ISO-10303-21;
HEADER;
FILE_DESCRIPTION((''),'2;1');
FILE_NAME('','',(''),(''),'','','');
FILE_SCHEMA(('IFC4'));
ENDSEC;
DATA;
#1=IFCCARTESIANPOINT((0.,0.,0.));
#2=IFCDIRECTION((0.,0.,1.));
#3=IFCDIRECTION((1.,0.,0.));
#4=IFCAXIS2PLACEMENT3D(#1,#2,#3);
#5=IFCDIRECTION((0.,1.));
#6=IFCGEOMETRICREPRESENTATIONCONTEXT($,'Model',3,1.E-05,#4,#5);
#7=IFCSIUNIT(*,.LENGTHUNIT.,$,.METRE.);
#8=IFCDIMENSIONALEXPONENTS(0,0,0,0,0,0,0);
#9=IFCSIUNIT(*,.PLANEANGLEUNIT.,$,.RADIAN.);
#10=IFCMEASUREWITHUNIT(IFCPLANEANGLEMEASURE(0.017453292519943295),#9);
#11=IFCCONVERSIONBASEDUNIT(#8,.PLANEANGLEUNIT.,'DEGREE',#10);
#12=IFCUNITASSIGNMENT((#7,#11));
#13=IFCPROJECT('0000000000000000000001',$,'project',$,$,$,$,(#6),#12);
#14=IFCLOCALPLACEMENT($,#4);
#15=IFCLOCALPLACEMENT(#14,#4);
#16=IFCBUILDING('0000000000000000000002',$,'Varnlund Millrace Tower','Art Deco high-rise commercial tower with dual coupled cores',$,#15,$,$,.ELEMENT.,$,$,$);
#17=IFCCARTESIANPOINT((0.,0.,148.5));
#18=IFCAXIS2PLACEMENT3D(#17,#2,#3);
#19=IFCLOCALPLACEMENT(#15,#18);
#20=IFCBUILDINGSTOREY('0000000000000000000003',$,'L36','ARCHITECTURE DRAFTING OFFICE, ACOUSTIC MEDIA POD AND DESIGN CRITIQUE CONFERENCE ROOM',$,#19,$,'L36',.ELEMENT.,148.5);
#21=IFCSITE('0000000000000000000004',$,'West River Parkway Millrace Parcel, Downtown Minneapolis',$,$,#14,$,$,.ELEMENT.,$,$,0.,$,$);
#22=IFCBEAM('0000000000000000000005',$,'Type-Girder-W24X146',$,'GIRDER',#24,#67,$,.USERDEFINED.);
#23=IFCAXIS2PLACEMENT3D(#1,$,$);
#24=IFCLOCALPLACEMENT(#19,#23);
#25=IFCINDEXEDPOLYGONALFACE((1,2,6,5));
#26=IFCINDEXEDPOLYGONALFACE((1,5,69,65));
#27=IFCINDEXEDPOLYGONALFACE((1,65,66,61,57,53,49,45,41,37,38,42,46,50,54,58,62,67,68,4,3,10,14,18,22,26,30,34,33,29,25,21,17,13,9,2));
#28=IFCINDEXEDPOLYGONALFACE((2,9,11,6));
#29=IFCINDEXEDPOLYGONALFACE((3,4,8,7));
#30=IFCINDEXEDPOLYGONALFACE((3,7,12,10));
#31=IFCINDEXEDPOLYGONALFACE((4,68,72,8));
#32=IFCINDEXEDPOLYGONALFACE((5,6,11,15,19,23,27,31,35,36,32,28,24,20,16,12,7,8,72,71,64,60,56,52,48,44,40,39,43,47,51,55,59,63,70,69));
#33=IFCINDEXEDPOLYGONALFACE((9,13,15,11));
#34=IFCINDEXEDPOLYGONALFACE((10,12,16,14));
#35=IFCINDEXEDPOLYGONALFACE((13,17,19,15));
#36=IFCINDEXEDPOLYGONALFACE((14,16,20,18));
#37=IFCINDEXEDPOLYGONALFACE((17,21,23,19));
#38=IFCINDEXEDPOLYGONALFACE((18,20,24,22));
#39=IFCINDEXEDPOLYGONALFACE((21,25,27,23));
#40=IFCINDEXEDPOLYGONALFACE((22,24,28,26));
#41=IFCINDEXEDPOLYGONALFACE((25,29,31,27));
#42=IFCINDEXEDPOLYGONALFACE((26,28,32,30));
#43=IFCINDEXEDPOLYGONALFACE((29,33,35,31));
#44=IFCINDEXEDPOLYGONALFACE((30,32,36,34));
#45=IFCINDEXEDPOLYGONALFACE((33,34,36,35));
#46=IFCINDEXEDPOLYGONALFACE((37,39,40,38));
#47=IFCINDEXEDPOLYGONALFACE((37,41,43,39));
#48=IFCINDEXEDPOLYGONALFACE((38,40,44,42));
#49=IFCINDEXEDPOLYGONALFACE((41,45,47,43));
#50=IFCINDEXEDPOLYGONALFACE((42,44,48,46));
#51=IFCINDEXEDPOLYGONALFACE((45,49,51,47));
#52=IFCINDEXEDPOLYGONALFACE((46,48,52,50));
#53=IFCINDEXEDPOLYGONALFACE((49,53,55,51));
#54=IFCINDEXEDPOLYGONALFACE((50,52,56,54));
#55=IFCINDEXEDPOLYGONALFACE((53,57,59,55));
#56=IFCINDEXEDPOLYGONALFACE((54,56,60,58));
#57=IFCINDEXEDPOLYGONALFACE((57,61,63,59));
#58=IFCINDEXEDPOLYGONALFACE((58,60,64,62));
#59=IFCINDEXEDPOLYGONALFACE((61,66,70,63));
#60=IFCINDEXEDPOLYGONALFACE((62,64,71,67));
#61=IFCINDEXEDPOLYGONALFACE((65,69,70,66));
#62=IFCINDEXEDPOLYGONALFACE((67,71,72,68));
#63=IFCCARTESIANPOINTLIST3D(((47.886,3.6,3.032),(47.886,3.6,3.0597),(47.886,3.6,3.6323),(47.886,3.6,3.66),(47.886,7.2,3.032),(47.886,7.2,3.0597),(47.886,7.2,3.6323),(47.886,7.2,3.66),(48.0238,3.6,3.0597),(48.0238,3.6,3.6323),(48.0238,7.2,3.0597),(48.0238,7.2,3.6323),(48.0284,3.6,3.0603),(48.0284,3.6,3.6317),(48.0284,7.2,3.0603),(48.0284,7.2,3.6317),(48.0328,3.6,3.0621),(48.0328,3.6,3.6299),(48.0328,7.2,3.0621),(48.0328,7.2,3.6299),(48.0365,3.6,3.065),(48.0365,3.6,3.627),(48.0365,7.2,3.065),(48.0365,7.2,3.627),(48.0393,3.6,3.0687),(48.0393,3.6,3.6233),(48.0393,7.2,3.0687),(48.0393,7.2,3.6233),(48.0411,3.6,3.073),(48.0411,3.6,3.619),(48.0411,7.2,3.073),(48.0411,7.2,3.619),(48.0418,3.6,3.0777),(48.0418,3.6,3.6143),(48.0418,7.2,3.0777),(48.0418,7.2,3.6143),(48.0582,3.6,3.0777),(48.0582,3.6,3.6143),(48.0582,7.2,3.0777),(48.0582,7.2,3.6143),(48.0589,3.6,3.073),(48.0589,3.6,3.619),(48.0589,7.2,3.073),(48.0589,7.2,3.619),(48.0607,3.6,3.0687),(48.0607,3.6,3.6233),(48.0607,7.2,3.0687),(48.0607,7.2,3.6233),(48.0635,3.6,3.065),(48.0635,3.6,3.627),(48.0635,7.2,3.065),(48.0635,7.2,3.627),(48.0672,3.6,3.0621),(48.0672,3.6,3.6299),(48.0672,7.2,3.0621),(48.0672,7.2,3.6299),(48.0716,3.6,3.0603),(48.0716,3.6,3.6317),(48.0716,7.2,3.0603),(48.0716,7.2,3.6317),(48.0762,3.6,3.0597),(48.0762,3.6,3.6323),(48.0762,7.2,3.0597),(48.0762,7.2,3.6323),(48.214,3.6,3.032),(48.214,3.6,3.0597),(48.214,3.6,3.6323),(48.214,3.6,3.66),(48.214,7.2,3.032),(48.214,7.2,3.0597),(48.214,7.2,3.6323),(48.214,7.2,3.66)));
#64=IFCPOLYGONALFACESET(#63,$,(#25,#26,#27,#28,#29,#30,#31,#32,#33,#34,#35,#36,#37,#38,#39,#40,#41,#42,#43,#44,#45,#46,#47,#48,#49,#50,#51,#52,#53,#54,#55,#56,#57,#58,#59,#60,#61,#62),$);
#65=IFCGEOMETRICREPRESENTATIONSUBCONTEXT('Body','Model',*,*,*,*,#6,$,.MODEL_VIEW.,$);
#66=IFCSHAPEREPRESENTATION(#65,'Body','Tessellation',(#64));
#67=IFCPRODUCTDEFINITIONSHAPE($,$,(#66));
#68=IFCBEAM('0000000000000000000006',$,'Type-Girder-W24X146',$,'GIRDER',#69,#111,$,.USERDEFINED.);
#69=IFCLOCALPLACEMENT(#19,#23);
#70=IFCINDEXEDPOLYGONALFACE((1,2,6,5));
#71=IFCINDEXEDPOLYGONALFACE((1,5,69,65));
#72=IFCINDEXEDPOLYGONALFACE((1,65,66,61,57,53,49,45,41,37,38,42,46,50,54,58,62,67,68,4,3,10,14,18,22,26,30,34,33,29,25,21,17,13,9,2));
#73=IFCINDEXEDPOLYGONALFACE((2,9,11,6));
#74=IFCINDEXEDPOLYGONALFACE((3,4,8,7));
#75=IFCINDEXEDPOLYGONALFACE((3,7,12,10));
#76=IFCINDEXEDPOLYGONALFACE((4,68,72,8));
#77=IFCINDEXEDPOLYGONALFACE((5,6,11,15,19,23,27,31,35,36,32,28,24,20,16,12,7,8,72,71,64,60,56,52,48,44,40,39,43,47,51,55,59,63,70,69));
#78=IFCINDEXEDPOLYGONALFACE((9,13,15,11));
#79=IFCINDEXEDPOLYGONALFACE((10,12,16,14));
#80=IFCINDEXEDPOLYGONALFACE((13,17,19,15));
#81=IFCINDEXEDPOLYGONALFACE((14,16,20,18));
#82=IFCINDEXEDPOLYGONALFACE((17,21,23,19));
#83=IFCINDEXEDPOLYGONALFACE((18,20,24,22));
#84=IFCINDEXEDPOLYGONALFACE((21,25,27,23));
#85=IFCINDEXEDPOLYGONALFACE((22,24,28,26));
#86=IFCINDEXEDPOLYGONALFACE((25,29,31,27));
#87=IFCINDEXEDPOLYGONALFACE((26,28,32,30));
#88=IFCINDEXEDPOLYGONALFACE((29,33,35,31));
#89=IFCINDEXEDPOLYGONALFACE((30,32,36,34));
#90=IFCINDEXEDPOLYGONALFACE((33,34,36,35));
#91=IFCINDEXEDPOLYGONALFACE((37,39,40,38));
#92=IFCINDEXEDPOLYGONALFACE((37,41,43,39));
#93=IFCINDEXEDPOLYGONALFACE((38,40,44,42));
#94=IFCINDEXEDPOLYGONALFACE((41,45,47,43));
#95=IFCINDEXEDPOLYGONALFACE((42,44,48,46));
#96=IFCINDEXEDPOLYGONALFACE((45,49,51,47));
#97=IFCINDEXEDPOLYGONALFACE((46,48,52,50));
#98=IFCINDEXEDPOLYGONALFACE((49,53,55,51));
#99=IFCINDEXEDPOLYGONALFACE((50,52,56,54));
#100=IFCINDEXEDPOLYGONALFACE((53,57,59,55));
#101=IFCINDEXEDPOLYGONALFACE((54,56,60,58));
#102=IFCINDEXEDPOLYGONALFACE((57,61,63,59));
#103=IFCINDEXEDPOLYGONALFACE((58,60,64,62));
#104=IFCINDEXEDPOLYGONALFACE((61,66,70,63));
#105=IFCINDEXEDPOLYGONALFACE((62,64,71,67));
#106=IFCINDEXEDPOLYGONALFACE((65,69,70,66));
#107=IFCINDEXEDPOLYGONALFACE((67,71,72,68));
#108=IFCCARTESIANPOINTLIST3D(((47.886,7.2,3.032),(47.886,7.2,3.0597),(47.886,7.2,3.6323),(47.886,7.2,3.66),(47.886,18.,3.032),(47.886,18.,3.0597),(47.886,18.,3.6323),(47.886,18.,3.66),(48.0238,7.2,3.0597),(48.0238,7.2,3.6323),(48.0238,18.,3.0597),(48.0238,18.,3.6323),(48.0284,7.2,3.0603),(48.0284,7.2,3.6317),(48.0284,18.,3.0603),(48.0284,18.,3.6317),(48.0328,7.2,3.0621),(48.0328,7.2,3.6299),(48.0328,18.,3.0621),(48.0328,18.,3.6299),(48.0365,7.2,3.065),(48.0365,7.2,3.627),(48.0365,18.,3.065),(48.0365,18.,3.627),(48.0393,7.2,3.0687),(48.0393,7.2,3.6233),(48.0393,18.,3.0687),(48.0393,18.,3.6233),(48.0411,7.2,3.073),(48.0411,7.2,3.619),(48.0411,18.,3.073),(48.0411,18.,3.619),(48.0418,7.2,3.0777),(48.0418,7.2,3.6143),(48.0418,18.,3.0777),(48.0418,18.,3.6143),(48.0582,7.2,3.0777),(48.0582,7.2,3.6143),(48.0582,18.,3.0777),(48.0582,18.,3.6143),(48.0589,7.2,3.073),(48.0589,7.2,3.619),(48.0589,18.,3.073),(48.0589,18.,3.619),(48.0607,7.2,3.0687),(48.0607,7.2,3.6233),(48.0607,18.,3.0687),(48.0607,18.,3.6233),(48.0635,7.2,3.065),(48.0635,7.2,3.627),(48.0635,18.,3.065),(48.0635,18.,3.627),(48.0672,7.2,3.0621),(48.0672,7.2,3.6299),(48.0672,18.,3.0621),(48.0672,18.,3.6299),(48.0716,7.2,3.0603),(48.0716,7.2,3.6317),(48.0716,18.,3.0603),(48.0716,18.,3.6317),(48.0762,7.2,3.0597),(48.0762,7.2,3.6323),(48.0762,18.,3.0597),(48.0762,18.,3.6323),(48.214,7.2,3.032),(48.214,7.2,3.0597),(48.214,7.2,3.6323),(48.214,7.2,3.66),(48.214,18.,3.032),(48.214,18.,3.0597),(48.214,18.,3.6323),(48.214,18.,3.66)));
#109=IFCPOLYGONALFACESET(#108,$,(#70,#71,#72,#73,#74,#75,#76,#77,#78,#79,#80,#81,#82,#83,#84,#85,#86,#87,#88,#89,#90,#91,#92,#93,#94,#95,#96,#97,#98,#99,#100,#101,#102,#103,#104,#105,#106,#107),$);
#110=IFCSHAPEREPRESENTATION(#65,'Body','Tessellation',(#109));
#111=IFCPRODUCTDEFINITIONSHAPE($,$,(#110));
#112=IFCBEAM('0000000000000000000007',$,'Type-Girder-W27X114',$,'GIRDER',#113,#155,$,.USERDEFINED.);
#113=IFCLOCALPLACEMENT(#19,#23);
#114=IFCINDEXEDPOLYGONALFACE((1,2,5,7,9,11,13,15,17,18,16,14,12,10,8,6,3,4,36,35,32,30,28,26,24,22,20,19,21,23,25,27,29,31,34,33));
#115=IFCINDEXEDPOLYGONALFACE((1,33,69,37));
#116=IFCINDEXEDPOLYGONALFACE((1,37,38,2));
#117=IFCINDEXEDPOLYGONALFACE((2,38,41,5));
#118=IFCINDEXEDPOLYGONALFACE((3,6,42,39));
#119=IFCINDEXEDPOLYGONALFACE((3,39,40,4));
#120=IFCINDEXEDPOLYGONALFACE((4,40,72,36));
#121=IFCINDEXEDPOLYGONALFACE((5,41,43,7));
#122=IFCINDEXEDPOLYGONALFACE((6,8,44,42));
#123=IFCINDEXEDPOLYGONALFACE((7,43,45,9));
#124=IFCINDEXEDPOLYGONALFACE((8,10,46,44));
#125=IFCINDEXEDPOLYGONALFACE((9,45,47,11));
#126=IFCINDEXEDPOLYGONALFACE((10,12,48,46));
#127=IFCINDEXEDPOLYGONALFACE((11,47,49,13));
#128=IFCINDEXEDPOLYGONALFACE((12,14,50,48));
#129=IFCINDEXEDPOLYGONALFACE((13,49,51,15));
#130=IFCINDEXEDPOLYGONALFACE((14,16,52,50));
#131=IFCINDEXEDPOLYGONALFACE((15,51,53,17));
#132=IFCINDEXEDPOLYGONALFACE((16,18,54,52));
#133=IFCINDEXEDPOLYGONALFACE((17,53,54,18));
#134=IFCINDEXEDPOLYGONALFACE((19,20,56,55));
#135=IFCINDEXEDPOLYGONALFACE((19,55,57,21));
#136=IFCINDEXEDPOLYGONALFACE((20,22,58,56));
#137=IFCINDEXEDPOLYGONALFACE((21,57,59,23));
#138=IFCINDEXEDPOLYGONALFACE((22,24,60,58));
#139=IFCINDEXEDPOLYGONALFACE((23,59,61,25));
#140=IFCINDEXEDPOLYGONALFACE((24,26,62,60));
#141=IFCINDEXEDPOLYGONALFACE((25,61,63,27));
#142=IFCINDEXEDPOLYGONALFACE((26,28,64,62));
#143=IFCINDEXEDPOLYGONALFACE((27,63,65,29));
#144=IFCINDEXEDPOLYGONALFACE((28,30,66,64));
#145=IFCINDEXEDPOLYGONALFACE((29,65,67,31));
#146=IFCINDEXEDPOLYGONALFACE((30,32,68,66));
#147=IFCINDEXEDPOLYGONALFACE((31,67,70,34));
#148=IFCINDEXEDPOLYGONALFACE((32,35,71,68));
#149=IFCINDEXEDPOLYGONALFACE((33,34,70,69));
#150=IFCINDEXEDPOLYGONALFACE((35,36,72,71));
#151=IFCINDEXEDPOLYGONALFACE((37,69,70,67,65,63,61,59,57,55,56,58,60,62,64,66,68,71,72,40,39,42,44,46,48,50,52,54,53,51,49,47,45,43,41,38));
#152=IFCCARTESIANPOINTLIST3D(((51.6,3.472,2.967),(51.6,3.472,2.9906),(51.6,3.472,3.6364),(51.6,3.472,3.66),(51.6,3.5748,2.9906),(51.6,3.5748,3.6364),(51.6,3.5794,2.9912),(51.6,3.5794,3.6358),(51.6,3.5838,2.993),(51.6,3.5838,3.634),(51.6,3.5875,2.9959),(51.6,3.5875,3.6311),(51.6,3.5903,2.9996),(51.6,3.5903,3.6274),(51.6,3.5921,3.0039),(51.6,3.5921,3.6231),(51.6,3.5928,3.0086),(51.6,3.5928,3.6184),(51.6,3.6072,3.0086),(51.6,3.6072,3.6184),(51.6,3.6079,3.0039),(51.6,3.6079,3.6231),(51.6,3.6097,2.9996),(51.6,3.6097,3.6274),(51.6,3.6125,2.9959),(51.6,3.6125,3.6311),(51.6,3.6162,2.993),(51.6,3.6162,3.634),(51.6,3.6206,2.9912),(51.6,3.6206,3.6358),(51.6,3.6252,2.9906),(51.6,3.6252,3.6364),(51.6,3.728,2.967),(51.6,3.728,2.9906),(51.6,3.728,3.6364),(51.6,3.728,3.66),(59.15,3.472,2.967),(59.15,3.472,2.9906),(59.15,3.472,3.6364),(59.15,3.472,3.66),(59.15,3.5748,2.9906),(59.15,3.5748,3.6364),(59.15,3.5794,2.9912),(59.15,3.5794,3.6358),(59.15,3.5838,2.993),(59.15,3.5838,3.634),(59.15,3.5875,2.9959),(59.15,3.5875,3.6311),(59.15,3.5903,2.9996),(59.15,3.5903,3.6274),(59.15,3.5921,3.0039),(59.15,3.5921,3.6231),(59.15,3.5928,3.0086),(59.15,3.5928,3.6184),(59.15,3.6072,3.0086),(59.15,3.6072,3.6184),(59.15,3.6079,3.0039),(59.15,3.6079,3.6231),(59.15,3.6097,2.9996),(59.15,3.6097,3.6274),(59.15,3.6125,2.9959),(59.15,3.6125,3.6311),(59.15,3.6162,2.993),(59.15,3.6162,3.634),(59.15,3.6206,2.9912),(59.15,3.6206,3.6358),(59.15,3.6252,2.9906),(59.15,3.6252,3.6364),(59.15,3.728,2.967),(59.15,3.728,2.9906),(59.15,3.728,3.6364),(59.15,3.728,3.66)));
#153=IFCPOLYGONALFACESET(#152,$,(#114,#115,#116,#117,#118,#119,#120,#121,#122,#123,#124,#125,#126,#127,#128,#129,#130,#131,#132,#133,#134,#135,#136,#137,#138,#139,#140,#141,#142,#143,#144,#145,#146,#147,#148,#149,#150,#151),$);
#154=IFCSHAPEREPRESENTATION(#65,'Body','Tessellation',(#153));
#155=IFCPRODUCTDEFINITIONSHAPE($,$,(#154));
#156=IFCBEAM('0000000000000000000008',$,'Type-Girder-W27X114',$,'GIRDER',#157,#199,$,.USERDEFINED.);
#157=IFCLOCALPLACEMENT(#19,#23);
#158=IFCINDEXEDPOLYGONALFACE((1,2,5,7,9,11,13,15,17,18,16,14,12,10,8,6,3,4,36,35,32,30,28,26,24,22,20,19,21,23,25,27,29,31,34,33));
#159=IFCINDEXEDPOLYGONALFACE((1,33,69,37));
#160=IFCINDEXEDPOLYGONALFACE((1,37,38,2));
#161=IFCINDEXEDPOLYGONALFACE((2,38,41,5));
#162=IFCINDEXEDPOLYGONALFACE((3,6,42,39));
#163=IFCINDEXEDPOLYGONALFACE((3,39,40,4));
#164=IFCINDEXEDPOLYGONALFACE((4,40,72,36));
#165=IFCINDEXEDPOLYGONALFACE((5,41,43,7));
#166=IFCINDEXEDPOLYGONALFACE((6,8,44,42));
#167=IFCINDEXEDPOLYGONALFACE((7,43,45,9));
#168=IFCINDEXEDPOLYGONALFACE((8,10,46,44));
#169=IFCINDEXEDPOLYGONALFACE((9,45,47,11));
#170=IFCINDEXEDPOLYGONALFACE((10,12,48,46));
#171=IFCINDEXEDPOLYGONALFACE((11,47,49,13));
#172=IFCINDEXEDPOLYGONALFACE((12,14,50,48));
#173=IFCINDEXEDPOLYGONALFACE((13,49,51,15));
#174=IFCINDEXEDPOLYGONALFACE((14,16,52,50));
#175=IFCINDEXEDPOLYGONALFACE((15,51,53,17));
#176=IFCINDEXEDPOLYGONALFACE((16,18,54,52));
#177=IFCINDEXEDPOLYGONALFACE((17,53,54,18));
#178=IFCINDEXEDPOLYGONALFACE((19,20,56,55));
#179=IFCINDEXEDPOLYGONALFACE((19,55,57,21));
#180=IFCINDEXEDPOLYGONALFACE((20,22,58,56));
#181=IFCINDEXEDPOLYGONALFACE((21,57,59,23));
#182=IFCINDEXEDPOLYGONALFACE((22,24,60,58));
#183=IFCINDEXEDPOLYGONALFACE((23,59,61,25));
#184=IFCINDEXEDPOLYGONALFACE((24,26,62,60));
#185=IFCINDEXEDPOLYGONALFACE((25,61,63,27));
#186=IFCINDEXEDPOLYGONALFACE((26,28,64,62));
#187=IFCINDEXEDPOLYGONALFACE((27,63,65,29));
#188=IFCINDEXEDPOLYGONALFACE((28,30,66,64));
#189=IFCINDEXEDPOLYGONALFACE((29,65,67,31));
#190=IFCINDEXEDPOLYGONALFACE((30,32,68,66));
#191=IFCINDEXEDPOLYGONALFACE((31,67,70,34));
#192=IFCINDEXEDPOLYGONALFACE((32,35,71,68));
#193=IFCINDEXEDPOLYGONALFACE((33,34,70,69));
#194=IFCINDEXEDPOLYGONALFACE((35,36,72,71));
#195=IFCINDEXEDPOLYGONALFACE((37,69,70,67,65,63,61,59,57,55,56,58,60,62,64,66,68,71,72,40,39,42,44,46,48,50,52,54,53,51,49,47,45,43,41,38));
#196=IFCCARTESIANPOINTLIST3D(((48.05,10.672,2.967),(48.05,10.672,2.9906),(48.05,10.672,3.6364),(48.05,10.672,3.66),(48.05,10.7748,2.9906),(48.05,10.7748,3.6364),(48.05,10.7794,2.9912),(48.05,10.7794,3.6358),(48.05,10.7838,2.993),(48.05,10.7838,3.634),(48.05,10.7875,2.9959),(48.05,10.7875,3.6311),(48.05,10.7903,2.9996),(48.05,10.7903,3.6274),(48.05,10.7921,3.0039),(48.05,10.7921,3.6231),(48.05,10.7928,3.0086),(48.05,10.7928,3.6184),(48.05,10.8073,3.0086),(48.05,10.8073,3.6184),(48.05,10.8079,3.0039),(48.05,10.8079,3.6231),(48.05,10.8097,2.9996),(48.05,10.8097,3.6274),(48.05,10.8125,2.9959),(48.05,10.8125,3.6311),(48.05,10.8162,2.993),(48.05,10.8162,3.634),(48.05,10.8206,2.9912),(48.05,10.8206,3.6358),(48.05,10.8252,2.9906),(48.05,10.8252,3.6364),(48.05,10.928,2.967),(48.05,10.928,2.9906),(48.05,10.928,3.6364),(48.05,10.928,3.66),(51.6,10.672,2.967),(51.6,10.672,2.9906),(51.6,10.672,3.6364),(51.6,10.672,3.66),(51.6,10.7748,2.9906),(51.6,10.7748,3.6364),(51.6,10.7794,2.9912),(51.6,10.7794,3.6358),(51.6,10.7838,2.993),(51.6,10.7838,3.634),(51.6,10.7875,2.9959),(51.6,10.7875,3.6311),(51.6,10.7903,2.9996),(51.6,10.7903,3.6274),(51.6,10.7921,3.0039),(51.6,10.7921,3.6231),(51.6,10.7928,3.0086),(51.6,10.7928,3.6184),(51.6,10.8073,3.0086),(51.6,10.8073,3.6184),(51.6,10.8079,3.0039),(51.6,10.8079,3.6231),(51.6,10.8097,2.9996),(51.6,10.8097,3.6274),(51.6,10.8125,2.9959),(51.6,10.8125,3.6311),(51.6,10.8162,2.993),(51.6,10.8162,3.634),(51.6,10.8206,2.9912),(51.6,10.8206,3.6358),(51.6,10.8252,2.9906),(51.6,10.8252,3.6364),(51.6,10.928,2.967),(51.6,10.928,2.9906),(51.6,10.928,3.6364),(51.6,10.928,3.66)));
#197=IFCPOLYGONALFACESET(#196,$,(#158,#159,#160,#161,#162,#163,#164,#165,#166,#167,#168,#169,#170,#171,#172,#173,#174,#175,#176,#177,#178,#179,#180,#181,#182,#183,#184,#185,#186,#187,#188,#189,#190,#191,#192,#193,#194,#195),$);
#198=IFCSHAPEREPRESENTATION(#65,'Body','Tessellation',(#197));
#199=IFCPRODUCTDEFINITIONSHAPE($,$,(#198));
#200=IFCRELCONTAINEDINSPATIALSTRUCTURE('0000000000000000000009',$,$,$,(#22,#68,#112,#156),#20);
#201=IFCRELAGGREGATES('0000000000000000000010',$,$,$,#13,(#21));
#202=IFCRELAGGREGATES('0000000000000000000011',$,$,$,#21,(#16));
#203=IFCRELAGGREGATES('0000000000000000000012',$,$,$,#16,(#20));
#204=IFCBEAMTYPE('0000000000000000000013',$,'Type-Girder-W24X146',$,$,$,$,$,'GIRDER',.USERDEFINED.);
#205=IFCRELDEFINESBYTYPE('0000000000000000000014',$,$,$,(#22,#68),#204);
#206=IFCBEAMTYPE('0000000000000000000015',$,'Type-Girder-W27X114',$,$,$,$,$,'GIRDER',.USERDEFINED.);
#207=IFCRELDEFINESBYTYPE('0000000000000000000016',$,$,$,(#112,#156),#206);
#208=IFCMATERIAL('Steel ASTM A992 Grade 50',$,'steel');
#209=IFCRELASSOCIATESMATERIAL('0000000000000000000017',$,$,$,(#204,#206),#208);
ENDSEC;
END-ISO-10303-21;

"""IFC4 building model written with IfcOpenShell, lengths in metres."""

from ifc_helpers import new_model, entity, si_unit, converted_unit, direction, frame, origin_with_axes, origin_2d_with_axis, place, context, subcontext, project, spatial, i_section, extrude, material, material_profile, profile_set, type_object, element, save


model = new_model("IFC4")

# Units and contexts
model_context = context("Model", 3, precision=1e-05, world=origin_with_axes(), true_north=direction((0.0, 1.0)))
body_context = subcontext(model_context, "Body", "Model", "MODEL_VIEW")
ifc_project = project(units=[si_unit("LENGTHUNIT", "METRE"), converted_unit("PLANEANGLEUNIT", "DEGREE", entity("IfcPlaneAngleMeasure", 0.017453292519943295), si_unit("PLANEANGLEUNIT", "RADIAN"), dimensions=[0, 0, 0, 0, 0, 0, 0])], contexts=[model_context])

# Site, building, storey
site_placement = place(None, origin_with_axes())
site = spatial("IfcSite", under=ifc_project, at=site_placement, Name="West River Parkway Millrace Parcel, Downtown Minneapolis", CompositionType="ELEMENT", RefElevation=0.0)
building_placement = place(site_placement, origin_with_axes())
building = spatial("IfcBuilding", under=site, at=building_placement, Name="Varnlund Millrace Tower", Description="Art Deco high-rise commercial tower with dual coupled cores", CompositionType="ELEMENT")
storey_placement = place(building_placement, frame((0.0, 0.0, 148.5), z_axis=(0.0, 0.0, 1.0), x_axis=(1.0, 0.0, 0.0)))
storey = spatial("IfcBuildingStorey", under=building, at=storey_placement, Name="L36", Description="ARCHITECTURE DRAFTING OFFICE, ACOUSTIC MEDIA POD AND DESIGN CRITIQUE CONFERENCE ROOM", LongName="L36", CompositionType="ELEMENT", Elevation=148.5)

# Beams
ifc_material_1 = material(Name="Steel ASTM A992 Grade 50", Category="steel")
ifc_material_profile_1 = material_profile(ifc_material_1, i_section(OverallWidth=0.328, OverallDepth=0.628, WebThickness=0.0165, FlangeThickness=0.0277, FilletRadius=0.018, at=origin_2d_with_axis()), Name="Steel ASTM A992 Grade 50")
ifc_profile_set_1 = profile_set([ifc_material_profile_1], Name="Steel ASTM A992 Grade 50")
beam_type_1 = type_object("IfcBeamType", Name="Type-Girder-W24X146", ElementType="GIRDER", PredefinedType="USERDEFINED", material=ifc_profile_set_1)
beam_1_placement = place(storey_placement, frame((48.05, 3.6, 3.346), z_axis=(0.0, 1.0, 0.0), x_axis=(-1.0, 0.0, 0.0)))
element("IfcBeam", 1, at=beam_1_placement, inside=storey, type_object=beam_type_1, Name="Type-Girder-W24X146", ObjectType="GIRDER", PredefinedType="USERDEFINED", context=body_context, shape_type="SweptSolid", body=[
    extrude(i_section(OverallWidth=0.328, OverallDepth=0.628, WebThickness=0.0165, FlangeThickness=0.0277, FilletRadius=0.018, at=origin_2d_with_axis()), origin_with_axes(), (0.0, 0.0, 1.0), 3.6),
])
beam_2_placement = place(storey_placement, frame((48.05, 7.2, 3.346), z_axis=(0.0, 1.0, 0.0), x_axis=(-1.0, 0.0, 0.0)))
element("IfcBeam", 2, at=beam_2_placement, inside=storey, type_object=beam_type_1, Name="Type-Girder-W24X146", ObjectType="GIRDER", PredefinedType="USERDEFINED", context=body_context, shape_type="SweptSolid", body=[
    extrude(i_section(OverallWidth=0.328, OverallDepth=0.628, WebThickness=0.0165, FlangeThickness=0.0277, FilletRadius=0.018, at=origin_2d_with_axis()), origin_with_axes(), (0.0, 0.0, 1.0), 10.8),
])
ifc_material_profile_2 = material_profile(ifc_material_1, i_section(OverallWidth=0.256, OverallDepth=0.693, WebThickness=0.0145, FlangeThickness=0.0236, FilletRadius=0.018, at=origin_2d_with_axis()), Name="Steel ASTM A992 Grade 50")
ifc_profile_set_2 = profile_set([ifc_material_profile_2], Name="Steel ASTM A992 Grade 50")
beam_type_2 = type_object("IfcBeamType", Name="Type-Girder-W27X114", ElementType="GIRDER", PredefinedType="USERDEFINED", material=ifc_profile_set_2)
beam_3_placement = place(storey_placement, frame((51.6, 3.6, 3.3135), z_axis=(1.0, 0.0, 0.0), x_axis=(0.0, 1.0, 0.0)))
element("IfcBeam", 3, at=beam_3_placement, inside=storey, type_object=beam_type_2, Name="Type-Girder-W27X114", ObjectType="GIRDER", PredefinedType="USERDEFINED", context=body_context, shape_type="SweptSolid", body=[
    extrude(i_section(OverallWidth=0.256, OverallDepth=0.693, WebThickness=0.0145, FlangeThickness=0.0236, FilletRadius=0.018, at=origin_2d_with_axis()), origin_with_axes(), (0.0, 0.0, 1.0), 7.55),
])
beam_4_placement = place(storey_placement, frame((48.05, 10.8, 3.3135), z_axis=(1.0, 0.0, 0.0), x_axis=(0.0, 1.0, 0.0)))
element("IfcBeam", 4, at=beam_4_placement, inside=storey, type_object=beam_type_2, Name="Type-Girder-W27X114", ObjectType="GIRDER", PredefinedType="USERDEFINED", context=body_context, shape_type="SweptSolid", body=[
    extrude(i_section(OverallWidth=0.256, OverallDepth=0.693, WebThickness=0.0145, FlangeThickness=0.0236, FilletRadius=0.018, at=origin_2d_with_axis()), origin_with_axes(), (0.0, 0.0, 1.0), 3.55),
])

save(model, "model.ifc")
